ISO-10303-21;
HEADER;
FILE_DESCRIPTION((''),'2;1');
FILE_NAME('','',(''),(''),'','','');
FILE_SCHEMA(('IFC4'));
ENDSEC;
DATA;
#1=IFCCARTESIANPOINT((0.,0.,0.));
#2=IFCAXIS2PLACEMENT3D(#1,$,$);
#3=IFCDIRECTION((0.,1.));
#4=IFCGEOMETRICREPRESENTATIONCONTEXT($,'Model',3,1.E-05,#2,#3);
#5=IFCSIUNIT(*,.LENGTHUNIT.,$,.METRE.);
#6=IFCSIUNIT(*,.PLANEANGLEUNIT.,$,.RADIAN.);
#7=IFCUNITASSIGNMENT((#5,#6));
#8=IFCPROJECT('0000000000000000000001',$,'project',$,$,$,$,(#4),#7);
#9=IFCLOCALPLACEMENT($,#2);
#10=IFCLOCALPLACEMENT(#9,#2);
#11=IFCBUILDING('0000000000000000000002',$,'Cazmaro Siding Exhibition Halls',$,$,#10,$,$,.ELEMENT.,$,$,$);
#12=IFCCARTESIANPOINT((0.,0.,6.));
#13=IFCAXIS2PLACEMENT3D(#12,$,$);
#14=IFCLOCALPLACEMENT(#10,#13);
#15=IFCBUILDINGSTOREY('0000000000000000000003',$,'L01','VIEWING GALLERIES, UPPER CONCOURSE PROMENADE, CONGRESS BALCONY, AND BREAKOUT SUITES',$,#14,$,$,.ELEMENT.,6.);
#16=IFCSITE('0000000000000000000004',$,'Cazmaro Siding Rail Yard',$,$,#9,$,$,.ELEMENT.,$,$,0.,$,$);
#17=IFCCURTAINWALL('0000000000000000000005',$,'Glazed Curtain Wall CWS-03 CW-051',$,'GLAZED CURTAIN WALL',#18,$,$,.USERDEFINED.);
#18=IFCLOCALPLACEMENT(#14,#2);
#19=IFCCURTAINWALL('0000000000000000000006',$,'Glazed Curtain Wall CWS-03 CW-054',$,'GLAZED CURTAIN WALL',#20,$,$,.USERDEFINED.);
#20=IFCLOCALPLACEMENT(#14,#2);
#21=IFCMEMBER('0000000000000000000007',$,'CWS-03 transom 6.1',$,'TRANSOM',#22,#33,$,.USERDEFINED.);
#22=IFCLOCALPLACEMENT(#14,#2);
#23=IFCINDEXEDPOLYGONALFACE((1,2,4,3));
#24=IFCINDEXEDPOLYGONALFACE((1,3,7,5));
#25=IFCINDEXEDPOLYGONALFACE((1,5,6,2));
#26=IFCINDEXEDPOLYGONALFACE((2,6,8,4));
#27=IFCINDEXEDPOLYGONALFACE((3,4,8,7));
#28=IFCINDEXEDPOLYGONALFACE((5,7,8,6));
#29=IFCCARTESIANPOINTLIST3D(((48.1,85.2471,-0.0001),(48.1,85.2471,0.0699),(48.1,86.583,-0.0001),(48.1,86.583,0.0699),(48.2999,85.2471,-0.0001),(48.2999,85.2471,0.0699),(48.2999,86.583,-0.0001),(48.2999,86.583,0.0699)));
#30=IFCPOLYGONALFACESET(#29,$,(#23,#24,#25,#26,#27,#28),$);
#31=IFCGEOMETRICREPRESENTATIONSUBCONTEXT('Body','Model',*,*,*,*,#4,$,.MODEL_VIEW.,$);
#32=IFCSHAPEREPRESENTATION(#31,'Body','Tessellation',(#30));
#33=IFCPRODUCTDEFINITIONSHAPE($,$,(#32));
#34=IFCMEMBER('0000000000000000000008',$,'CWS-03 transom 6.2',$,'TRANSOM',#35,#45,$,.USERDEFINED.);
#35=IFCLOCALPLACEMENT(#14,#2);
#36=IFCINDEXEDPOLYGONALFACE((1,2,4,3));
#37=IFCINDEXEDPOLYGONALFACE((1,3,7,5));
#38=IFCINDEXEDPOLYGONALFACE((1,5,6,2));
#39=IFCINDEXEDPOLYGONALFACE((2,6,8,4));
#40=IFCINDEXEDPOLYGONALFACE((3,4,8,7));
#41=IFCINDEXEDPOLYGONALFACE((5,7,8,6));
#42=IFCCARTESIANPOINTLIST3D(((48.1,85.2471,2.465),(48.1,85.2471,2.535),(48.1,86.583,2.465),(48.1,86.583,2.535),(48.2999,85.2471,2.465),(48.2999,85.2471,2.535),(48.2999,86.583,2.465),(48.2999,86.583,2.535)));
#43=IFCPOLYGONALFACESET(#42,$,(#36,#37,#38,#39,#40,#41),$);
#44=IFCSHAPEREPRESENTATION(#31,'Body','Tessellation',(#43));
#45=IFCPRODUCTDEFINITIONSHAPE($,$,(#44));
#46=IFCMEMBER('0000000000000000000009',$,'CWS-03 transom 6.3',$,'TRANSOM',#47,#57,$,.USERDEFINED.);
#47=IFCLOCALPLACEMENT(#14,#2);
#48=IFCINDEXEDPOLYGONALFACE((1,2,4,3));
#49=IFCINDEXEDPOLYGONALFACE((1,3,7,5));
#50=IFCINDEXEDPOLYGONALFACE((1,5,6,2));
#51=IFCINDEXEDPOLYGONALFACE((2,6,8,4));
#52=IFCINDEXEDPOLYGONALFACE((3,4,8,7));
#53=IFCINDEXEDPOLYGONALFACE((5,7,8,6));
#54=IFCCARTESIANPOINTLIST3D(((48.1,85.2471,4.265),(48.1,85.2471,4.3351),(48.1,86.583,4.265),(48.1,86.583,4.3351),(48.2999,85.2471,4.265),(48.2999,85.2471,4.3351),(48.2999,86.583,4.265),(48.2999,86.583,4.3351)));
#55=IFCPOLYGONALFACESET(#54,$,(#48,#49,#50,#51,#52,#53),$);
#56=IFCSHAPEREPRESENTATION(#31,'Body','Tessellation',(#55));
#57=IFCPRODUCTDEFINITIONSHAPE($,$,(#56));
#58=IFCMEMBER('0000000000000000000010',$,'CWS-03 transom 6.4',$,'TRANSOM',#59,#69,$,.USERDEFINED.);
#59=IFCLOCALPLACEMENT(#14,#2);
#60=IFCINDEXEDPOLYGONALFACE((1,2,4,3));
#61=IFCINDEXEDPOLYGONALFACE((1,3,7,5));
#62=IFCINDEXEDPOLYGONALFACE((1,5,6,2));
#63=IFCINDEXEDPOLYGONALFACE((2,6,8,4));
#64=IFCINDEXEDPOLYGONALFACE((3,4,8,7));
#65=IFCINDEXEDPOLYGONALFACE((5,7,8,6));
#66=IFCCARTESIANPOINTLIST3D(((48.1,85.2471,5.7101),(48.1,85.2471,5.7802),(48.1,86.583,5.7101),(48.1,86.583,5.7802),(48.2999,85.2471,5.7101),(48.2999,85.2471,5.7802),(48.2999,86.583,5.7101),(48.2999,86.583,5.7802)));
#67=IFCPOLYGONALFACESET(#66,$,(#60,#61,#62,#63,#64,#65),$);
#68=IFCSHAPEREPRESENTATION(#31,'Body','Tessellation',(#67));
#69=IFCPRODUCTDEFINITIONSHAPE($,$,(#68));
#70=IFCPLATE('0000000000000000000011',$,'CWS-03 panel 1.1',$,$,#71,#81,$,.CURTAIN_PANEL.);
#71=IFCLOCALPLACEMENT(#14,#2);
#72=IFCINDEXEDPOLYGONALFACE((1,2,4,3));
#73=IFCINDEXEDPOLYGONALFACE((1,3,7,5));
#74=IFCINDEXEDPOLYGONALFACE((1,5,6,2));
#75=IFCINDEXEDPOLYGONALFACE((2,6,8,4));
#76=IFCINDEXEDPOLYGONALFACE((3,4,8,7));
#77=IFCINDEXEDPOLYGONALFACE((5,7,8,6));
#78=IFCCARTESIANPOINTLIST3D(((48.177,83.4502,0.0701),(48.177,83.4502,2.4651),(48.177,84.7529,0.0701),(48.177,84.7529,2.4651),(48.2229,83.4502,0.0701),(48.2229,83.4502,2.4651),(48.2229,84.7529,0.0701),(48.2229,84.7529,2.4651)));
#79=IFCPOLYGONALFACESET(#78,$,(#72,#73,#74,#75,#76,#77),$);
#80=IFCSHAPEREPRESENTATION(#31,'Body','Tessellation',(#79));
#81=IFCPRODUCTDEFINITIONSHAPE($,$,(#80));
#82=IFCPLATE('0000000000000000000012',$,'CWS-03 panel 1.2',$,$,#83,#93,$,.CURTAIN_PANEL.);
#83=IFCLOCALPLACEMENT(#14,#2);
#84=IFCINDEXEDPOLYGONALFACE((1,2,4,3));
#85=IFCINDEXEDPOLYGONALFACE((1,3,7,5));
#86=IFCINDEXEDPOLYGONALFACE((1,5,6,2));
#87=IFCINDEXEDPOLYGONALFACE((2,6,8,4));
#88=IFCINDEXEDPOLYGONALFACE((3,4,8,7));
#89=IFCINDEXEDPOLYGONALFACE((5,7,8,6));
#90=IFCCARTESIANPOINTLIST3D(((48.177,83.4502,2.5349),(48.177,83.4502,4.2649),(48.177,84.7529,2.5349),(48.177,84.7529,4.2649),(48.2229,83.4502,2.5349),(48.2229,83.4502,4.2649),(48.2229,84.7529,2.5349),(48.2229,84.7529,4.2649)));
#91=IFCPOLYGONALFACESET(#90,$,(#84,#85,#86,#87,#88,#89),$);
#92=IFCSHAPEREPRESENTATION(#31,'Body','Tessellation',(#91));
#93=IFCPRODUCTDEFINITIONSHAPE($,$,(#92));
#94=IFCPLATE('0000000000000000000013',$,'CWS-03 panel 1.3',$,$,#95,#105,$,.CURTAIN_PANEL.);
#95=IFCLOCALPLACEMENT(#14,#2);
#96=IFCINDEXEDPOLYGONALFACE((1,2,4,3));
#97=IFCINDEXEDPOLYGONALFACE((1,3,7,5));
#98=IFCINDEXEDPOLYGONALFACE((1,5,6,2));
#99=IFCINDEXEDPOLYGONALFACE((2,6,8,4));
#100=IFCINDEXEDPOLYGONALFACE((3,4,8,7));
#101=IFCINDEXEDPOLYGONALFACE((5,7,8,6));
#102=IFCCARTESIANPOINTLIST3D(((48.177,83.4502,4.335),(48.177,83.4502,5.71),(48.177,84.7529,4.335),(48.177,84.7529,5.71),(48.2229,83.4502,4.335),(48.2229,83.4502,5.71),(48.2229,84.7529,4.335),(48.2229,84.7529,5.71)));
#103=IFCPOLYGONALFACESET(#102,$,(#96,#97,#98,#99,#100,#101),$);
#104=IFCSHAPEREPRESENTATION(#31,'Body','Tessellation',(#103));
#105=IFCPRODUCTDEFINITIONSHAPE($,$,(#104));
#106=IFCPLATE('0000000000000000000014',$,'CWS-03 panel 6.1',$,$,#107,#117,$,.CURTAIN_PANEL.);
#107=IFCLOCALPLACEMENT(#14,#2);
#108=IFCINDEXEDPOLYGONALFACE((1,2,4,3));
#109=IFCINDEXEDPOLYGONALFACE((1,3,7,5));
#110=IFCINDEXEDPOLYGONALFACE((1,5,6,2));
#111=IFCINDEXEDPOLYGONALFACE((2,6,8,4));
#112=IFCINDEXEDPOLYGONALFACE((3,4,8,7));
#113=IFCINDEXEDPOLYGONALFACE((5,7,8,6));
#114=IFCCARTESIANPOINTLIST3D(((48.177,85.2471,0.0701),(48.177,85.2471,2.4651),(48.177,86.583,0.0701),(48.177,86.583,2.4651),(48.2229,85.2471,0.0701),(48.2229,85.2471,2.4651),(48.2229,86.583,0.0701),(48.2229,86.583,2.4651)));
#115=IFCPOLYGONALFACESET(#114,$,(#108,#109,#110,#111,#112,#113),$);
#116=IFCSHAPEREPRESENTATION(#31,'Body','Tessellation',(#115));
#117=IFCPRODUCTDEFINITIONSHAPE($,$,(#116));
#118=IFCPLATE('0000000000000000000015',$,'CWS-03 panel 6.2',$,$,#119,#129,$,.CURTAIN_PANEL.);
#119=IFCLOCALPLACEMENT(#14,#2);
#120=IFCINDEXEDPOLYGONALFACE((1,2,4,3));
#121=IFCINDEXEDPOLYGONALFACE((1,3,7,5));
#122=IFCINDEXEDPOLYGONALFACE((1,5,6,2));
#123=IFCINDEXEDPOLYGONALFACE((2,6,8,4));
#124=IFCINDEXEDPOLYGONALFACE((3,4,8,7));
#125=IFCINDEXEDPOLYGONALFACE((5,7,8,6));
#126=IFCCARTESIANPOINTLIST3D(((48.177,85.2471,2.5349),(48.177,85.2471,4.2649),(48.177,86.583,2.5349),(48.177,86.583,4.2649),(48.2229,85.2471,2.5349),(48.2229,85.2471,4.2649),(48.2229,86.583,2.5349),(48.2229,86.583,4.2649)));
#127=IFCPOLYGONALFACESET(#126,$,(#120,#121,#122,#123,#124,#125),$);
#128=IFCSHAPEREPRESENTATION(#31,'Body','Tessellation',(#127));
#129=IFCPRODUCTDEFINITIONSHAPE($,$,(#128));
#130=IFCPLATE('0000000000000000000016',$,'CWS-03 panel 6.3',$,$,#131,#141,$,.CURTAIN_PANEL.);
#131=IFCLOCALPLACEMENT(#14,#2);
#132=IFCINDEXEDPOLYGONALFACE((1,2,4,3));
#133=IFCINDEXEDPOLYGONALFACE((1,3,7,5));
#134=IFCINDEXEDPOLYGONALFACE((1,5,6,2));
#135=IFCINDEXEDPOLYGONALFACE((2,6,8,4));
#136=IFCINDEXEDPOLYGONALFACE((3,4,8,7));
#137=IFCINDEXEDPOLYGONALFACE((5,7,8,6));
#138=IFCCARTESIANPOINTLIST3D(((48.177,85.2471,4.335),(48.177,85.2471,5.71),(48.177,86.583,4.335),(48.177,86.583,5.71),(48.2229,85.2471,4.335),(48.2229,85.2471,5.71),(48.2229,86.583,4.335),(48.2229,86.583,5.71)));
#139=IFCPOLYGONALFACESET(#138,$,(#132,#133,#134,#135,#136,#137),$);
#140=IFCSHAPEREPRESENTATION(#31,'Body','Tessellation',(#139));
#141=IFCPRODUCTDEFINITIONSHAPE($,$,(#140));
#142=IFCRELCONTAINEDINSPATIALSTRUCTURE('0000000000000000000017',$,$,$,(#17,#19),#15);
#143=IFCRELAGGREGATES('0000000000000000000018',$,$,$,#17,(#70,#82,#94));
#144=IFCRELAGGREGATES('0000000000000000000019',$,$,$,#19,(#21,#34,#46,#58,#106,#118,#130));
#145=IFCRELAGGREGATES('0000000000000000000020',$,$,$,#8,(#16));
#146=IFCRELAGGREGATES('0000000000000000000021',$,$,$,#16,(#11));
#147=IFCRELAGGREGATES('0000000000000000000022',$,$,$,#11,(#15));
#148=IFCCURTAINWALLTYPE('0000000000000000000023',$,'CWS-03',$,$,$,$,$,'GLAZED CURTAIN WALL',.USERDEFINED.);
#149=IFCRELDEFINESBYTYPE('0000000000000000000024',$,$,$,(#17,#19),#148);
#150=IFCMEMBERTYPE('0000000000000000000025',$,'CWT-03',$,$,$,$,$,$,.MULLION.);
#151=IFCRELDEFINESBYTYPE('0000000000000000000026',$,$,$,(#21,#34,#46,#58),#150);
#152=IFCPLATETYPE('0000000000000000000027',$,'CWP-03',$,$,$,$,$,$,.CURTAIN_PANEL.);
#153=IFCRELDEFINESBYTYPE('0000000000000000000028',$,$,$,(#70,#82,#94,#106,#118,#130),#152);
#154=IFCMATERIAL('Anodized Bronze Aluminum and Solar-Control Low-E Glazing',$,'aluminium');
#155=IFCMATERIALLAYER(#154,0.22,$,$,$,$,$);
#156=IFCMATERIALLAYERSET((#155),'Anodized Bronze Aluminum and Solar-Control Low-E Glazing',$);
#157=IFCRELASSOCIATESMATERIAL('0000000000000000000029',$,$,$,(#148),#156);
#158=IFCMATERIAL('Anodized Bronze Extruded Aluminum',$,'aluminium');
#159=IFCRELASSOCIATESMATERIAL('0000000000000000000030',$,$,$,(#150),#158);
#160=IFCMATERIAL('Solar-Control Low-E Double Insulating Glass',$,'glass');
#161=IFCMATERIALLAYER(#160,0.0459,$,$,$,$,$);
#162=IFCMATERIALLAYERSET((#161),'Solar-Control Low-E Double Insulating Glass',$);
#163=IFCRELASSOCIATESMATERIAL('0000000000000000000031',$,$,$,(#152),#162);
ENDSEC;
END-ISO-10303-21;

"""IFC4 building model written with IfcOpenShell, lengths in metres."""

from ifc_helpers import new_model, si_unit, direction, frame, origin, origin_2d, place, context, subcontext, project, spatial, rectangle, extrude, material, layer, layer_set, material_profile, profile_set, type_object, element, aggregate, save


model = new_model("IFC4")

# Units and contexts
model_context = context("Model", 3, precision=1e-05, world=origin(), true_north=direction((0.0, 1.0)))
body_context = subcontext(model_context, "Body", "Model", "MODEL_VIEW")
ifc_project = project(units=[si_unit("LENGTHUNIT", "METRE"), si_unit("PLANEANGLEUNIT", "RADIAN")], contexts=[model_context])

# Site, building, storey
site_placement = place(None, origin())
site = spatial("IfcSite", under=ifc_project, at=site_placement, Name="Cazmaro Siding Rail Yard", CompositionType="ELEMENT", RefElevation=0.0)
building_placement = place(site_placement, origin())
building = spatial("IfcBuilding", under=site, at=building_placement, Name="Cazmaro Siding Exhibition Halls", CompositionType="ELEMENT")
storey_placement = place(building_placement, frame((0.0, 0.0, 6.0)))
storey = spatial("IfcBuildingStorey", under=building, at=storey_placement, Name="L01", Description="VIEWING GALLERIES, UPPER CONCOURSE PROMENADE, CONGRESS BALCONY, AND BREAKOUT SUITES", CompositionType="ELEMENT", Elevation=6.0)

# Curtain walls
ifc_material_1 = material(Name="Anodized Bronze Aluminum and Solar-Control Low-E Glazing", Category="aluminium")
ifc_layer_1 = layer(ifc_material_1, 0.22)
ifc_layer_set_1 = layer_set([ifc_layer_1], Name="Anodized Bronze Aluminum and Solar-Control Low-E Glazing")
curtain_wall_type = type_object("IfcCurtainWallType", Name="CWS-03", ElementType="GLAZED CURTAIN WALL", PredefinedType="USERDEFINED", material=ifc_layer_set_1)
curtain_wall_1_placement = place(storey_placement, origin())
curtain_wall_1 = element("IfcCurtainWall", 1, at=curtain_wall_1_placement, inside=storey, type_object=curtain_wall_type, Name="Glazed Curtain Wall CWS-03 CW-051", ObjectType="GLAZED CURTAIN WALL", PredefinedType="USERDEFINED")
curtain_wall_2_placement = place(storey_placement, origin())
curtain_wall_2 = element("IfcCurtainWall", 2, at=curtain_wall_2_placement, inside=storey, type_object=curtain_wall_type, Name="Glazed Curtain Wall CWS-03 CW-054", ObjectType="GLAZED CURTAIN WALL", PredefinedType="USERDEFINED")

# Members
ifc_material_2 = material(Name="Anodized Bronze Extruded Aluminum", Category="aluminium")
ifc_material_profile_1 = material_profile(ifc_material_2, rectangle(XDim=0.2, YDim=0.0701, at=origin_2d()), Name="CWT-03")
ifc_profile_set_1 = profile_set([ifc_material_profile_1], Name="Anodized Bronze Extruded Aluminum")
member_type_1 = type_object("IfcMemberType", Name="CWT-03", PredefinedType="MULLION", material=ifc_profile_set_1)
member_1_placement = place(storey_placement, frame((48.2, 86.583, 0.0349), z_axis=(0.0, -1.0, 0.0), x_axis=(1.0, 0.0, 0.0)))
member_1 = element("IfcMember", 3, at=member_1_placement, type_object=member_type_1, Name="CWS-03 transom 6.1", ObjectType="TRANSOM", PredefinedType="USERDEFINED", context=body_context, shape_type="SweptSolid", body=[
    extrude(rectangle(XDim=0.2, YDim=0.0701, at=origin_2d()), origin(), (0.0, 0.0, 1.0), 1.3359),
])
member_2_placement = place(storey_placement, frame((48.2, 86.583, 2.5), z_axis=(0.0, -1.0, 0.0), x_axis=(1.0, 0.0, 0.0)))
member_2 = element("IfcMember", 4, at=member_2_placement, type_object=member_type_1, Name="CWS-03 transom 6.2", ObjectType="TRANSOM", PredefinedType="USERDEFINED", context=body_context, shape_type="SweptSolid", body=[
    extrude(rectangle(XDim=0.2, YDim=0.0701, at=origin_2d()), origin(), (0.0, 0.0, 1.0), 1.3359),
])
member_3_placement = place(storey_placement, frame((48.2, 86.583, 4.3), z_axis=(0.0, -1.0, 0.0), x_axis=(1.0, 0.0, 0.0)))
member_3 = element("IfcMember", 5, at=member_3_placement, type_object=member_type_1, Name="CWS-03 transom 6.3", ObjectType="TRANSOM", PredefinedType="USERDEFINED", context=body_context, shape_type="SweptSolid", body=[
    extrude(rectangle(XDim=0.2, YDim=0.0701, at=origin_2d()), origin(), (0.0, 0.0, 1.0), 1.3359),
])
member_4_placement = place(storey_placement, frame((48.2, 86.583, 5.7451), z_axis=(0.0, -1.0, 0.0), x_axis=(1.0, 0.0, 0.0)))
member_4 = element("IfcMember", 6, at=member_4_placement, type_object=member_type_1, Name="CWS-03 transom 6.4", ObjectType="TRANSOM", PredefinedType="USERDEFINED", context=body_context, shape_type="SweptSolid", body=[
    extrude(rectangle(XDim=0.2, YDim=0.0701, at=origin_2d()), origin(), (0.0, 0.0, 1.0), 1.3359),
])

# Plates
ifc_material_3 = material(Name="Solar-Control Low-E Double Insulating Glass", Category="glass")
ifc_layer_2 = layer(ifc_material_3, 0.0459)
ifc_layer_set_2 = layer_set([ifc_layer_2], Name="Solar-Control Low-E Double Insulating Glass")
plate_type = type_object("IfcPlateType", Name="CWP-03", PredefinedType="CURTAIN_PANEL", material=ifc_layer_set_2)
plate_1_placement = place(storey_placement, frame((48.2, 84.1016, 0.0701), z_axis=(0.0, 0.0, 1.0), x_axis=(0.0, -1.0, 0.0)))
plate_1 = element("IfcPlate", 7, at=plate_1_placement, type_object=plate_type, Name="CWS-03 panel 1.1", PredefinedType="CURTAIN_PANEL", context=body_context, shape_type="SweptSolid", body=[
    extrude(rectangle(XDim=1.3027, YDim=0.0459, at=origin_2d()), origin(), (0.0, 0.0, 1.0), 2.395),
])
plate_2_placement = place(storey_placement, frame((48.2, 84.1016, 2.5349), z_axis=(0.0, 0.0, 1.0), x_axis=(0.0, -1.0, 0.0)))
plate_2 = element("IfcPlate", 8, at=plate_2_placement, type_object=plate_type, Name="CWS-03 panel 1.2", PredefinedType="CURTAIN_PANEL", context=body_context, shape_type="SweptSolid", body=[
    extrude(rectangle(XDim=1.3027, YDim=0.0459, at=origin_2d()), origin(), (0.0, 0.0, 1.0), 1.73),
])
plate_3_placement = place(storey_placement, frame((48.2, 84.1016, 4.335), z_axis=(0.0, 0.0, 1.0), x_axis=(0.0, -1.0, 0.0)))
plate_3 = element("IfcPlate", 9, at=plate_3_placement, type_object=plate_type, Name="CWS-03 panel 1.3", PredefinedType="CURTAIN_PANEL", context=body_context, shape_type="SweptSolid", body=[
    extrude(rectangle(XDim=1.3027, YDim=0.0459, at=origin_2d()), origin(), (0.0, 0.0, 1.0), 1.375),
])
aggregate(curtain_wall_1, [plate_1, plate_2, plate_3])
plate_4_placement = place(storey_placement, frame((48.2, 85.915, 0.0701), z_axis=(0.0, 0.0, 1.0), x_axis=(0.0, -1.0, 0.0)))
plate_4 = element("IfcPlate", 10, at=plate_4_placement, type_object=plate_type, Name="CWS-03 panel 6.1", PredefinedType="CURTAIN_PANEL", context=body_context, shape_type="SweptSolid", body=[
    extrude(rectangle(XDim=1.3359, YDim=0.0459, at=origin_2d()), origin(), (0.0, 0.0, 1.0), 2.395),
])
plate_5_placement = place(storey_placement, frame((48.2, 85.915, 2.5349), z_axis=(0.0, 0.0, 1.0), x_axis=(0.0, -1.0, 0.0)))
plate_5 = element("IfcPlate", 11, at=plate_5_placement, type_object=plate_type, Name="CWS-03 panel 6.2", PredefinedType="CURTAIN_PANEL", context=body_context, shape_type="SweptSolid", body=[
    extrude(rectangle(XDim=1.3359, YDim=0.0459, at=origin_2d()), origin(), (0.0, 0.0, 1.0), 1.73),
])
plate_6_placement = place(storey_placement, frame((48.2, 85.915, 4.335), z_axis=(0.0, 0.0, 1.0), x_axis=(0.0, -1.0, 0.0)))
plate_6 = element("IfcPlate", 12, at=plate_6_placement, type_object=plate_type, Name="CWS-03 panel 6.3", PredefinedType="CURTAIN_PANEL", context=body_context, shape_type="SweptSolid", body=[
    extrude(rectangle(XDim=1.3359, YDim=0.0459, at=origin_2d()), origin(), (0.0, 0.0, 1.0), 1.375),
])
aggregate(curtain_wall_2, [member_1, member_2, member_3, member_4, plate_4, plate_5, plate_6])

save(model, "model.ifc")
